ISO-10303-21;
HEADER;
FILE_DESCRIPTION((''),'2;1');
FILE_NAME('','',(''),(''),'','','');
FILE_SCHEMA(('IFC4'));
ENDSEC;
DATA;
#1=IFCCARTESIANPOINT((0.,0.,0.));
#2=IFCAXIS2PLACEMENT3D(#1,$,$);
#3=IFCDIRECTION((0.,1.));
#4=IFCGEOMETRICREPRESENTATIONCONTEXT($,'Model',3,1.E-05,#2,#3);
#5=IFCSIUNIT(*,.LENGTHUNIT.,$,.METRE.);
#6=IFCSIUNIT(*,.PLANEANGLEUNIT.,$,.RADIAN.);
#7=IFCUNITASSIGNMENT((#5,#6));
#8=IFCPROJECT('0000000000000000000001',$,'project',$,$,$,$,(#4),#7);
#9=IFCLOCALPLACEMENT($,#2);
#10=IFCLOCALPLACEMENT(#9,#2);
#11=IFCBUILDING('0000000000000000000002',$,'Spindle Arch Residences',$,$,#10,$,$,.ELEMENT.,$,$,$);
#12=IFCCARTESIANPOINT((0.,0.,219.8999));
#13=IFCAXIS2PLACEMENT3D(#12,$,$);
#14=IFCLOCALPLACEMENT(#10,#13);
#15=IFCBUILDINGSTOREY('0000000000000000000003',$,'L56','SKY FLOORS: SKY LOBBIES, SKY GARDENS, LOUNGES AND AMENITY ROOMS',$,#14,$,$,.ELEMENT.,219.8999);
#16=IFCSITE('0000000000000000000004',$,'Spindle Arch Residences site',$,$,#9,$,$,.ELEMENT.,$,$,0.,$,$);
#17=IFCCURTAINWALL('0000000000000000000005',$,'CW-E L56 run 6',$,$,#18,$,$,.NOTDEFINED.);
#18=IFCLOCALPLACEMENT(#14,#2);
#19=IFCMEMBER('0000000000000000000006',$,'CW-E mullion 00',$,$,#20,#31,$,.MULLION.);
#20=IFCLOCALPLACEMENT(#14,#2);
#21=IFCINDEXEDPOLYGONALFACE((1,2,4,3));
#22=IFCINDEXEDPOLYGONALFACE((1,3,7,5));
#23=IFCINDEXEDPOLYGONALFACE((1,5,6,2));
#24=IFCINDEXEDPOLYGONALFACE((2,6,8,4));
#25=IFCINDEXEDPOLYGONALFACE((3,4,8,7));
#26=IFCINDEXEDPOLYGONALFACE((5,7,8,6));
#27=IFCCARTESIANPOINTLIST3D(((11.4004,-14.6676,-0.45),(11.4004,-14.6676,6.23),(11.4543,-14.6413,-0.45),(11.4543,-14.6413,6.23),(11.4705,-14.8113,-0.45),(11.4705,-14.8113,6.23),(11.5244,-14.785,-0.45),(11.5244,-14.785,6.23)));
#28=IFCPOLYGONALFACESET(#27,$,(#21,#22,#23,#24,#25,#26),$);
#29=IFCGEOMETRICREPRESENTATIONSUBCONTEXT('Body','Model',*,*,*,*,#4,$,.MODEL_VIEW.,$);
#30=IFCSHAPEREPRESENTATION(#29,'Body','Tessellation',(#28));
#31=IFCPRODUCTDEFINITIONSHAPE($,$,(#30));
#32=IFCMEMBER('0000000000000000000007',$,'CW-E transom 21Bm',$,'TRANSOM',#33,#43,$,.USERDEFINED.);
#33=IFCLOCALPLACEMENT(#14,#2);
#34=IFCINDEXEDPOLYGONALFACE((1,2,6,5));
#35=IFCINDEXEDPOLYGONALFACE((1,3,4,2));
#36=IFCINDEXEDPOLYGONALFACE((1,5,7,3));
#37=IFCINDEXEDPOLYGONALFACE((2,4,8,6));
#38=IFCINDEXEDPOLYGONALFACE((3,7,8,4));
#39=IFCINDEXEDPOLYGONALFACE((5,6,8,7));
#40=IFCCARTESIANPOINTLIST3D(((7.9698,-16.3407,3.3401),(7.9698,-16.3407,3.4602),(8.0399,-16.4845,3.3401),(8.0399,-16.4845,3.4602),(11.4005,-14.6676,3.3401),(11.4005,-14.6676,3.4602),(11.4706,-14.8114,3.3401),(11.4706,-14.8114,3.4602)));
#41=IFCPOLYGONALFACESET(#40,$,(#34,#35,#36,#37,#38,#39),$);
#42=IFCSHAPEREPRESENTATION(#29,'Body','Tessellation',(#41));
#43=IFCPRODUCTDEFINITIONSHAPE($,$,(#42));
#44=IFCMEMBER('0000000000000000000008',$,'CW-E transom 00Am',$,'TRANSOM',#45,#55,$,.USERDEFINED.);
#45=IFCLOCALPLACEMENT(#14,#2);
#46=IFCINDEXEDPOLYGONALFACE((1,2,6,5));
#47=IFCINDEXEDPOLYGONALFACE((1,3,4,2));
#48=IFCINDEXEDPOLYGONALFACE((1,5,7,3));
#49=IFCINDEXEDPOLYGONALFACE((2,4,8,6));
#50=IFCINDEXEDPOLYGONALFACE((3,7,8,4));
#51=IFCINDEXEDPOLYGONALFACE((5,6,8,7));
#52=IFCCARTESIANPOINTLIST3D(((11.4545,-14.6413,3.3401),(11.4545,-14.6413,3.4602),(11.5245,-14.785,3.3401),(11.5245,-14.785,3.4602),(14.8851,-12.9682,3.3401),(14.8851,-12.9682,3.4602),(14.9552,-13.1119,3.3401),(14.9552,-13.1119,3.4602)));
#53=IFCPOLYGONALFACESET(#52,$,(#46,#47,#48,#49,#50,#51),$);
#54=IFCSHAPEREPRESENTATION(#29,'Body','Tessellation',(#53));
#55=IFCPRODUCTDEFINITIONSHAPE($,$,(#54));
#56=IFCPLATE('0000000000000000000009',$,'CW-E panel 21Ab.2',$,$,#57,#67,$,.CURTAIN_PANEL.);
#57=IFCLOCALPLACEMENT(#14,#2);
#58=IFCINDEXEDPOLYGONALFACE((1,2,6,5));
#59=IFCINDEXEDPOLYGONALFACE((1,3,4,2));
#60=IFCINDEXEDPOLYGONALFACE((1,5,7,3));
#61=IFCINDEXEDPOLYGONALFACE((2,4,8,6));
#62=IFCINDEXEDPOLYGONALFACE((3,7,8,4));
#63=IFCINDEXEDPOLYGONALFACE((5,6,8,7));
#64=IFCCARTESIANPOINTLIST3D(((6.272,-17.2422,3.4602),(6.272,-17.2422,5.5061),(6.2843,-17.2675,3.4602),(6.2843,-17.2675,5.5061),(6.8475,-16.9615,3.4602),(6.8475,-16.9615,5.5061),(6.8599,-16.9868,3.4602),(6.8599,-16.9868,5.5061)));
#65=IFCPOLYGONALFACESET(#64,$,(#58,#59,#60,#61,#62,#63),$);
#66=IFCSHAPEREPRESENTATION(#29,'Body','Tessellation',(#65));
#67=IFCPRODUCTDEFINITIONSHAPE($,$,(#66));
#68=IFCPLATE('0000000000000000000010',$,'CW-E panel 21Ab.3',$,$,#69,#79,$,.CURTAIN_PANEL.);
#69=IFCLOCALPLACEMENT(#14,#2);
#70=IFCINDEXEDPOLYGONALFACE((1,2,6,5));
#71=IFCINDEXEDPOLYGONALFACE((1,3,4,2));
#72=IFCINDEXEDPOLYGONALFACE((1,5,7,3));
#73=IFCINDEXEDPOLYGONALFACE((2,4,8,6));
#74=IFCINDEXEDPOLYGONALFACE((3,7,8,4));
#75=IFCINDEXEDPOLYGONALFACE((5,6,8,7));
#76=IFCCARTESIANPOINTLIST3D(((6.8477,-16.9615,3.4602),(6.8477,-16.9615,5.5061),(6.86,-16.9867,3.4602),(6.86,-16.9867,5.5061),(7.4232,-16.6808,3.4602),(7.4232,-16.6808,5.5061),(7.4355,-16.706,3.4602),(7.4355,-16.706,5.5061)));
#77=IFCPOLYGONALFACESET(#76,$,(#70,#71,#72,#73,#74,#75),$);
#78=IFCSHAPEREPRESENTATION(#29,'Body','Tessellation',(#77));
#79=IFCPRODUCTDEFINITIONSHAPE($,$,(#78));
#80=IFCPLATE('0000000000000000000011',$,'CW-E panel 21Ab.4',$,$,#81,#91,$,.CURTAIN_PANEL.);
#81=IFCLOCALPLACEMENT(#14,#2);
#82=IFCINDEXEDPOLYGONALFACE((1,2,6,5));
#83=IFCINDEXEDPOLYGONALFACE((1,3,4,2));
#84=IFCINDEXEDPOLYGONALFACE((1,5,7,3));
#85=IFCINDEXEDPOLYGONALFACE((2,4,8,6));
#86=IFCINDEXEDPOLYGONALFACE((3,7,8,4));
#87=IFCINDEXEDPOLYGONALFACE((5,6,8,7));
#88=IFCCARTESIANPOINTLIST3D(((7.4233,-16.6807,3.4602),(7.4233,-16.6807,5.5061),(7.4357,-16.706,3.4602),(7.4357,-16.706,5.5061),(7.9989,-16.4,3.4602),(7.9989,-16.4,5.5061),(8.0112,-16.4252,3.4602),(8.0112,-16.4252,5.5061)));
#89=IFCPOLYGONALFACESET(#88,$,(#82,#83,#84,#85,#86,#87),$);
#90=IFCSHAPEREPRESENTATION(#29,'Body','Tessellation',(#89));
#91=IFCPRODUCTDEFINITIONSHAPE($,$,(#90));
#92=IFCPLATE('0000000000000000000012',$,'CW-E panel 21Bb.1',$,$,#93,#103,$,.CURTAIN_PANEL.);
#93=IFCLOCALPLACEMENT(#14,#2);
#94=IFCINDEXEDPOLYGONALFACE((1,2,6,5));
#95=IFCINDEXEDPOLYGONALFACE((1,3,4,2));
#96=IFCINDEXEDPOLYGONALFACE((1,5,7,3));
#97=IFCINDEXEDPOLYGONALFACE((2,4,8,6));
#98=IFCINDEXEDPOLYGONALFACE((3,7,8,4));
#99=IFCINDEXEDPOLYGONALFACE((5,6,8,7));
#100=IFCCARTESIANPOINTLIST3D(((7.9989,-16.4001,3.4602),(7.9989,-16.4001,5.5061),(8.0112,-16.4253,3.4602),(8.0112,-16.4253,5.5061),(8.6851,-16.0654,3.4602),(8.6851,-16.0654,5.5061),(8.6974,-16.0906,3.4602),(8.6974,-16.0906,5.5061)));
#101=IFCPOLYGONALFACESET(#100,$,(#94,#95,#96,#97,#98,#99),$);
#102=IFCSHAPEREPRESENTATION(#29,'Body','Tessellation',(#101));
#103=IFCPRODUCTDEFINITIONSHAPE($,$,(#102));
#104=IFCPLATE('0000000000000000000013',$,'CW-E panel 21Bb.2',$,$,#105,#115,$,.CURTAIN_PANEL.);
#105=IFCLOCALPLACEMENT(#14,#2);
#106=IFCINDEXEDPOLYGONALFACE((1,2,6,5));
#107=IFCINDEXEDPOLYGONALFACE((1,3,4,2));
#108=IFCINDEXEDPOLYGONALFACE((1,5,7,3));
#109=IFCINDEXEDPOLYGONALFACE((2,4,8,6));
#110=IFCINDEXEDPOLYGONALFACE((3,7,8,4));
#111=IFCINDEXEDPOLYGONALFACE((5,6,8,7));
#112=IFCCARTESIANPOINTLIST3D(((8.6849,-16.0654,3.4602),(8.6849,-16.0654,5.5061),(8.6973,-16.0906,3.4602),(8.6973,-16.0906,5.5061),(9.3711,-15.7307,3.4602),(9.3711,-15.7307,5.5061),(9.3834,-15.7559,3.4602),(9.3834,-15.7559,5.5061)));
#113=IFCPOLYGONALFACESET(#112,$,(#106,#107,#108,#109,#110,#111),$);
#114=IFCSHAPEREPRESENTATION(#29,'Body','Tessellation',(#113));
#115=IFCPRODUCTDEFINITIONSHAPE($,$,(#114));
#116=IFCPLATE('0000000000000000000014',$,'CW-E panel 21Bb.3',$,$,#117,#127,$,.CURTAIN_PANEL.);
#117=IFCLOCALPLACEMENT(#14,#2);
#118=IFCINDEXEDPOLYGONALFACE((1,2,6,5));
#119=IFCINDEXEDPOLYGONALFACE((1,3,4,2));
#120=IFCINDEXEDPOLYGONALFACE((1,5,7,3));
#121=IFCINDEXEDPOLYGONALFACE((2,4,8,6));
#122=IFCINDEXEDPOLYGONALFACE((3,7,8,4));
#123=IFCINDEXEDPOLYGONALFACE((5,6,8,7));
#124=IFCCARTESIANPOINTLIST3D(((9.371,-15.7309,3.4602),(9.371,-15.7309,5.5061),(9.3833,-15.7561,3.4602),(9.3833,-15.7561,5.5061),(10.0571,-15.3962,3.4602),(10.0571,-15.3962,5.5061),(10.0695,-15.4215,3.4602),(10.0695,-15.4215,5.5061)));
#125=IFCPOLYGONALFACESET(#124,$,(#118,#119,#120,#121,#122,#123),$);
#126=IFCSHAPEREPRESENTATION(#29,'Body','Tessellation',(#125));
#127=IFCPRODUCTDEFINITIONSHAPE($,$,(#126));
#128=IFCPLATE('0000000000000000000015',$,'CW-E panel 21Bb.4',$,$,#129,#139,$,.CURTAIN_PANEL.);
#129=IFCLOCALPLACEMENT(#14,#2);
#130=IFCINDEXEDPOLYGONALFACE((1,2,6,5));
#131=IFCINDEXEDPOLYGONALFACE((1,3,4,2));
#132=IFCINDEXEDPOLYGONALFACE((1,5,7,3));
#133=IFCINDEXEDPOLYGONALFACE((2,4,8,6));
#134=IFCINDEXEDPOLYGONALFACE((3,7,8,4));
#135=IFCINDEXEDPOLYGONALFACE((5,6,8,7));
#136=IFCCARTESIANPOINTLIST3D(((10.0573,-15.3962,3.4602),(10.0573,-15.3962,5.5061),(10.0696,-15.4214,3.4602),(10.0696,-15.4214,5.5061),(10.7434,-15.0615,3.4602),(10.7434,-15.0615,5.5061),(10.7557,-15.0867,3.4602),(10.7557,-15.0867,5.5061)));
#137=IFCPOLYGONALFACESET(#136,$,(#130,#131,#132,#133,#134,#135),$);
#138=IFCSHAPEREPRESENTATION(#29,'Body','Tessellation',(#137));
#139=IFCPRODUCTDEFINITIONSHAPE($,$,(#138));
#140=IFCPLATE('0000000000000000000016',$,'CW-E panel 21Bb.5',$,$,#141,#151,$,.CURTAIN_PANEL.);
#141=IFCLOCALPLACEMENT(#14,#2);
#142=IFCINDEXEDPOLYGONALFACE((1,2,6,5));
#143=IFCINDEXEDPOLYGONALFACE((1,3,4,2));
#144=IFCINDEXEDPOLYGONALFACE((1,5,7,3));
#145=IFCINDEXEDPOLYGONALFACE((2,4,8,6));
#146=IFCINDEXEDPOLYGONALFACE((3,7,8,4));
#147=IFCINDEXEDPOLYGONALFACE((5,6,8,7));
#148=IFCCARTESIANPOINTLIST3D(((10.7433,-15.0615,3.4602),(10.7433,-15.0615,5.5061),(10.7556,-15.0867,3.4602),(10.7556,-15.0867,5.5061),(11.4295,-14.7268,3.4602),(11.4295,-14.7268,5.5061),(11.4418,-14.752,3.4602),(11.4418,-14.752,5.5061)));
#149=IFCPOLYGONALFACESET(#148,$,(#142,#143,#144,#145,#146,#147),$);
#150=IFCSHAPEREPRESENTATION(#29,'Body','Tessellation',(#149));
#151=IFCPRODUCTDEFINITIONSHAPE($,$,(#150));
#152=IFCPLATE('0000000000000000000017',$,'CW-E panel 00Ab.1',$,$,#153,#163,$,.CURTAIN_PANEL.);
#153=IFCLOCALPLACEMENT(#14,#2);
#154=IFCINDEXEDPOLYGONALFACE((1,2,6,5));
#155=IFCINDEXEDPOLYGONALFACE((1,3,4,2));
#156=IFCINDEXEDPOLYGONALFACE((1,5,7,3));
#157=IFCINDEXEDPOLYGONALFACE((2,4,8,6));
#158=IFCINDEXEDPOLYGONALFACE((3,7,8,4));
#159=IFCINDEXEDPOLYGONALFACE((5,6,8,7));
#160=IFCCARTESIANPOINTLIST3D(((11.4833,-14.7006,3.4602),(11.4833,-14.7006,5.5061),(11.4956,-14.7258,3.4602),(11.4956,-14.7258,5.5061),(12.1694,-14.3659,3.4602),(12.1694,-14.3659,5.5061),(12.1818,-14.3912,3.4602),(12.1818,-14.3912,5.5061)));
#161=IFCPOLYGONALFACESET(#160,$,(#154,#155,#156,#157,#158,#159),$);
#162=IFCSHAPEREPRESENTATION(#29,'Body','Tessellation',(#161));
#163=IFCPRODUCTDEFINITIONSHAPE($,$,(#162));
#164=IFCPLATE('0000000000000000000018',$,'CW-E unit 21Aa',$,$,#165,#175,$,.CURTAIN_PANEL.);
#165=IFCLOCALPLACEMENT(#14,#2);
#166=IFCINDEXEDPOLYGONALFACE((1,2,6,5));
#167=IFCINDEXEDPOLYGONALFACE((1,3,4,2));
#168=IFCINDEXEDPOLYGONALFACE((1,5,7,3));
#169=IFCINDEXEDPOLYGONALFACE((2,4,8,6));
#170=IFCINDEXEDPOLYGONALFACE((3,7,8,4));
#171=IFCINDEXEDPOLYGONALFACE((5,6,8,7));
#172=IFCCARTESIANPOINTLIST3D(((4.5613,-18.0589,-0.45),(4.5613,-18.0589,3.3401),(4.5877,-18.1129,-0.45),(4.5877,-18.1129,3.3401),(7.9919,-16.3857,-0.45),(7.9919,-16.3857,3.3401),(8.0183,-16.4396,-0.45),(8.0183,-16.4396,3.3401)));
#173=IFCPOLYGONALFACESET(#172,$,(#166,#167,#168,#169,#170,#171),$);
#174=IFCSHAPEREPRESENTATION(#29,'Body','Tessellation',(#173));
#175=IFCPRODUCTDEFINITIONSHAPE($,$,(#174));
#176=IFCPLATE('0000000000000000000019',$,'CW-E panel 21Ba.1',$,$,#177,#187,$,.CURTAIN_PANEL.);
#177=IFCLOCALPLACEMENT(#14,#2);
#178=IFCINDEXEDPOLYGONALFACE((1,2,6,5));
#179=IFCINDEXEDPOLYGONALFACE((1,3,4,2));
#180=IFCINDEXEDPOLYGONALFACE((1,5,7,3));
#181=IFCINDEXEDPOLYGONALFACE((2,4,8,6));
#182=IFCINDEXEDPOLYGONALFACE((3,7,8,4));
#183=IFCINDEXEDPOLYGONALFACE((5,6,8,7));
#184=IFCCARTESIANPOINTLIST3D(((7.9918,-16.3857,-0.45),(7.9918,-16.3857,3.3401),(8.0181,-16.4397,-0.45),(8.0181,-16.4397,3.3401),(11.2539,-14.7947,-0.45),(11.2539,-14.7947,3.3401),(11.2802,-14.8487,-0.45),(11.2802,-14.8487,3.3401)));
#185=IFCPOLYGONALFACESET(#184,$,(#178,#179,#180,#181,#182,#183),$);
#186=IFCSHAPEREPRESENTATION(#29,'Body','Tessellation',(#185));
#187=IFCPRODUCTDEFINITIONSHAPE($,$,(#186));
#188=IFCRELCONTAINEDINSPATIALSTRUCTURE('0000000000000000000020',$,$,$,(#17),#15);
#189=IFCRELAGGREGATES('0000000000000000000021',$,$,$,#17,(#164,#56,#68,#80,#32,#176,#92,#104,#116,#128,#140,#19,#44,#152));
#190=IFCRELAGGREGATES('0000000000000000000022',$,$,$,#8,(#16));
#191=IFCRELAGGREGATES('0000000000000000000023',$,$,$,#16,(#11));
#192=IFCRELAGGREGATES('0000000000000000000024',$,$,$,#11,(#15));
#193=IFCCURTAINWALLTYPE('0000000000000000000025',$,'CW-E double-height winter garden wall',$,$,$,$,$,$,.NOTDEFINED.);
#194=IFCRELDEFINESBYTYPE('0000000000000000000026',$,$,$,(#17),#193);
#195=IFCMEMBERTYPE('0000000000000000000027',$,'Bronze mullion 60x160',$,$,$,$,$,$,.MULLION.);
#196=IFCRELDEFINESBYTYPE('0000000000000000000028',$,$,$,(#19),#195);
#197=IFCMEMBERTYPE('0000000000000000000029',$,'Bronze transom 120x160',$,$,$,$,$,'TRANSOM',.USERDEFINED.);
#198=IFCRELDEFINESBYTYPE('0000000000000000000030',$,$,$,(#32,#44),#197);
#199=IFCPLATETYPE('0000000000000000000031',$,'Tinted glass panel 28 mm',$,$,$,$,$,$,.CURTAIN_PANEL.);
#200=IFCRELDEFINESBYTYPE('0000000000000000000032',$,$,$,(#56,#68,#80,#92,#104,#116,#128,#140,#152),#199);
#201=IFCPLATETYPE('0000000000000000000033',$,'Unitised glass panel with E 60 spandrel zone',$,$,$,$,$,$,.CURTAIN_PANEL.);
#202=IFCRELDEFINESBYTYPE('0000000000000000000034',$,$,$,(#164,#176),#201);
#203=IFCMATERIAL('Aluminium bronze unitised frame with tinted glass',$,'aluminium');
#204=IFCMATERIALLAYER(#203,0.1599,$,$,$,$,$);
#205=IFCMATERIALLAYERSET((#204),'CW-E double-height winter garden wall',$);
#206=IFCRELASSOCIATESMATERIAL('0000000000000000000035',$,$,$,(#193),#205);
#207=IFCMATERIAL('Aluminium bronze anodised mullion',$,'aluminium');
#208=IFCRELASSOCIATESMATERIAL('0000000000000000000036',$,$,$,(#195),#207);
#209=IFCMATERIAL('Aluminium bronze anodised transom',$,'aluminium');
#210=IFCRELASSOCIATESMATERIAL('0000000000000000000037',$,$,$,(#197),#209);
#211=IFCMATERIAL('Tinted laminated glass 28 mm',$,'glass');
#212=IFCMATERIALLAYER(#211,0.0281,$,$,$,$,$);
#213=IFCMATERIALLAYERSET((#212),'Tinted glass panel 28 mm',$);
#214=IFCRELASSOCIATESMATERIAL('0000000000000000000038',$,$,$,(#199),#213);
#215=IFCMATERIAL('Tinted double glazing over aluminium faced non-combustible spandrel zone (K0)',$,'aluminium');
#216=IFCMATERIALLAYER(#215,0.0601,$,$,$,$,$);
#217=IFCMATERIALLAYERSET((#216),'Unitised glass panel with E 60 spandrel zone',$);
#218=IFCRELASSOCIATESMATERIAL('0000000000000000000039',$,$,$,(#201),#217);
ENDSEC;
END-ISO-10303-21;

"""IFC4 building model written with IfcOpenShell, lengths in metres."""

from ifc_helpers import new_model, si_unit, direction, frame, origin, origin_2d, place, context, subcontext, project, spatial, rectangle, extrude, material, layer, layer_set, material_profile, profile_set, type_object, element, aggregate, save


model = new_model("IFC4")

# Units and contexts
model_context = context("Model", 3, precision=1e-05, world=origin(), true_north=direction((0.0, 1.0)))
body_context = subcontext(model_context, "Body", "Model", "MODEL_VIEW")
ifc_project = project(units=[si_unit("LENGTHUNIT", "METRE"), si_unit("PLANEANGLEUNIT", "RADIAN")], contexts=[model_context])

# Site, building, storey
site_placement = place(None, origin())
site = spatial("IfcSite", under=ifc_project, at=site_placement, Name="Spindle Arch Residences site", CompositionType="ELEMENT", RefElevation=0.0)
building_placement = place(site_placement, origin())
building = spatial("IfcBuilding", under=site, at=building_placement, Name="Spindle Arch Residences", CompositionType="ELEMENT")
storey_placement = place(building_placement, frame((0.0, 0.0, 219.8999)))
storey = spatial("IfcBuildingStorey", under=building, at=storey_placement, Name="L56", Description="SKY FLOORS: SKY LOBBIES, SKY GARDENS, LOUNGES AND AMENITY ROOMS", CompositionType="ELEMENT", Elevation=219.8999)

# Curtain wall, members, plates
ifc_material_1 = material(Name="Aluminium bronze unitised frame with tinted glass", Category="aluminium")
ifc_layer_1 = layer(ifc_material_1, 0.1599)
ifc_layer_set_1 = layer_set([ifc_layer_1], Name="CW-E double-height winter garden wall")
curtain_wall_type = type_object("IfcCurtainWallType", Name="CW-E double-height winter garden wall", PredefinedType="NOTDEFINED", material=ifc_layer_set_1)
curtain_wall_placement = place(storey_placement, origin())
curtain_wall = element("IfcCurtainWall", 1, at=curtain_wall_placement, inside=storey, type_object=curtain_wall_type, Name="CW-E L56 run 6", PredefinedType="NOTDEFINED")
ifc_material_2 = material(Name="Aluminium bronze anodised mullion", Category="aluminium")
ifc_material_profile_1 = material_profile(ifc_material_2, rectangle(XDim=0.1599, YDim=0.0601, at=origin_2d()), Name="MU 60x160")
ifc_profile_set_1 = profile_set([ifc_material_profile_1], Name="Aluminium bronze anodised mullion")
member_type_1 = type_object("IfcMemberType", Name="Bronze mullion 60x160", PredefinedType="MULLION", material=ifc_profile_set_1)
member_1_placement = place(storey_placement, frame((11.4624, -14.7263, -0.45), z_axis=(0.0, 0.0, 1.0), x_axis=(-0.438371, 0.898794, 0.0)))
member_1 = element("IfcMember", 2, at=member_1_placement, type_object=member_type_1, Name="CW-E mullion 00", PredefinedType="MULLION", context=body_context, shape_type="SweptSolid", body=[
    extrude(rectangle(XDim=0.1599, YDim=0.0601, at=origin_2d()), origin(), (0.0, 0.0, 1.0), 6.6799),
])
ifc_material_3 = material(Name="Aluminium bronze anodised transom", Category="aluminium")
ifc_material_profile_2 = material_profile(ifc_material_3, rectangle(XDim=0.1599, YDim=0.1201, at=origin_2d()), Name="TR 120x160")
ifc_profile_set_2 = profile_set([ifc_material_profile_2], Name="Aluminium bronze anodised transom")
member_type_2 = type_object("IfcMemberType", Name="Bronze transom 120x160", ElementType="TRANSOM", PredefinedType="USERDEFINED", material=ifc_profile_set_2)
member_2_placement = place(storey_placement, frame((8.0049, -16.4126, 3.4001), z_axis=(0.89881, 0.438339, 0.0), x_axis=(-0.438339, 0.89881, 0.0)))
member_2 = element("IfcMember", 3, at=member_2_placement, type_object=member_type_2, Name="CW-E transom 21Bm", ObjectType="TRANSOM", PredefinedType="USERDEFINED", context=body_context, shape_type="SweptSolid", body=[
    extrude(rectangle(XDim=0.1599, YDim=0.1201, at=origin_2d()), origin(), (0.0, 0.0, 1.0), 3.8169),
])
member_3_placement = place(storey_placement, frame((11.4895, -14.7131, 3.4001), z_axis=(0.89881, 0.438339, 0.0), x_axis=(-0.438339, 0.89881, 0.0)))
member_3 = element("IfcMember", 4, at=member_3_placement, type_object=member_type_2, Name="CW-E transom 00Am", ObjectType="TRANSOM", PredefinedType="USERDEFINED", context=body_context, shape_type="SweptSolid", body=[
    extrude(rectangle(XDim=0.1599, YDim=0.1201, at=origin_2d()), origin(), (0.0, 0.0, 1.0), 3.8169),
])
ifc_material_4 = material(Name="Tinted laminated glass 28 mm", Category="glass")
ifc_layer_2 = layer(ifc_material_4, 0.0281)
ifc_layer_set_2 = layer_set([ifc_layer_2], Name="Tinted glass panel 28 mm")
plate_type_1 = type_object("IfcPlateType", Name="Tinted glass panel 28 mm", PredefinedType="CURTAIN_PANEL", material=ifc_layer_set_2)
plate_1_placement = place(storey_placement, frame((6.5659, -17.1145, 3.4602), z_axis=(0.0, 0.0, 1.0), x_axis=(0.898794, 0.438371, 0.0)))
plate_1 = element("IfcPlate", 5, at=plate_1_placement, type_object=plate_type_1, Name="CW-E panel 21Ab.2", PredefinedType="CURTAIN_PANEL", context=body_context, shape_type="SweptSolid", body=[
    extrude(rectangle(XDim=0.6404, YDim=0.0281, at=origin_2d()), origin(), (0.0, 0.0, 1.0), 2.0459),
])
plate_2_placement = place(storey_placement, frame((7.1416, -16.8337, 3.4602), z_axis=(0.0, 0.0, 1.0), x_axis=(0.898794, 0.438371, 0.0)))
plate_2 = element("IfcPlate", 6, at=plate_2_placement, type_object=plate_type_1, Name="CW-E panel 21Ab.3", PredefinedType="CURTAIN_PANEL", context=body_context, shape_type="SweptSolid", body=[
    extrude(rectangle(XDim=0.6404, YDim=0.0281, at=origin_2d()), origin(), (0.0, 0.0, 1.0), 2.0459),
])
plate_3_placement = place(storey_placement, frame((7.7173, -16.553, 3.4602), z_axis=(0.0, 0.0, 1.0), x_axis=(0.898794, 0.438371, 0.0)))
plate_3 = element("IfcPlate", 7, at=plate_3_placement, type_object=plate_type_1, Name="CW-E panel 21Ab.4", PredefinedType="CURTAIN_PANEL", context=body_context, shape_type="SweptSolid", body=[
    extrude(rectangle(XDim=0.6404, YDim=0.0281, at=origin_2d()), origin(), (0.0, 0.0, 1.0), 2.0459),
])
plate_4_placement = place(storey_placement, frame((8.3481, -16.2454, 3.4602), z_axis=(0.0, 0.0, 1.0), x_axis=(0.898794, 0.438371, 0.0)))
plate_4 = element("IfcPlate", 8, at=plate_4_placement, type_object=plate_type_1, Name="CW-E panel 21Bb.1", PredefinedType="CURTAIN_PANEL", context=body_context, shape_type="SweptSolid", body=[
    extrude(rectangle(XDim=0.7634, YDim=0.0281, at=origin_2d()), origin(), (0.0, 0.0, 1.0), 2.0459),
])
plate_5_placement = place(storey_placement, frame((9.0342, -15.9106, 3.4602), z_axis=(0.0, 0.0, 1.0), x_axis=(0.898794, 0.438371, 0.0)))
plate_5 = element("IfcPlate", 9, at=plate_5_placement, type_object=plate_type_1, Name="CW-E panel 21Bb.2", PredefinedType="CURTAIN_PANEL", context=body_context, shape_type="SweptSolid", body=[
    extrude(rectangle(XDim=0.7634, YDim=0.0281, at=origin_2d()), origin(), (0.0, 0.0, 1.0), 2.0459),
])
plate_6_placement = place(storey_placement, frame((9.7202, -15.5762, 3.4602), z_axis=(0.0, 0.0, 1.0), x_axis=(0.898794, 0.438371, 0.0)))
plate_6 = element("IfcPlate", 10, at=plate_6_placement, type_object=plate_type_1, Name="CW-E panel 21Bb.3", PredefinedType="CURTAIN_PANEL", context=body_context, shape_type="SweptSolid", body=[
    extrude(rectangle(XDim=0.7634, YDim=0.0281, at=origin_2d()), origin(), (0.0, 0.0, 1.0), 2.0459),
])
plate_7_placement = place(storey_placement, frame((10.4065, -15.2415, 3.4602), z_axis=(0.0, 0.0, 1.0), x_axis=(0.898794, 0.438371, 0.0)))
plate_7 = element("IfcPlate", 11, at=plate_7_placement, type_object=plate_type_1, Name="CW-E panel 21Bb.4", PredefinedType="CURTAIN_PANEL", context=body_context, shape_type="SweptSolid", body=[
    extrude(rectangle(XDim=0.7634, YDim=0.0281, at=origin_2d()), origin(), (0.0, 0.0, 1.0), 2.0459),
])
plate_8_placement = place(storey_placement, frame((11.0925, -14.9067, 3.4602), z_axis=(0.0, 0.0, 1.0), x_axis=(0.898794, 0.438371, 0.0)))
plate_8 = element("IfcPlate", 12, at=plate_8_placement, type_object=plate_type_1, Name="CW-E panel 21Bb.5", PredefinedType="CURTAIN_PANEL", context=body_context, shape_type="SweptSolid", body=[
    extrude(rectangle(XDim=0.7634, YDim=0.0281, at=origin_2d()), origin(), (0.0, 0.0, 1.0), 2.0459),
])
plate_9_placement = place(storey_placement, frame((11.8325, -14.5459, 3.4602), z_axis=(0.0, 0.0, 1.0), x_axis=(0.898794, 0.438371, 0.0)))
plate_9 = element("IfcPlate", 13, at=plate_9_placement, type_object=plate_type_1, Name="CW-E panel 00Ab.1", PredefinedType="CURTAIN_PANEL", context=body_context, shape_type="SweptSolid", body=[
    extrude(rectangle(XDim=0.7634, YDim=0.0281, at=origin_2d()), origin(), (0.0, 0.0, 1.0), 2.0459),
])
ifc_material_5 = material(Name="Tinted double glazing over aluminium faced non-combustible spandrel zone (K0)", Category="aluminium")
ifc_layer_3 = layer(ifc_material_5, 0.0601)
ifc_layer_set_3 = layer_set([ifc_layer_3], Name="Unitised glass panel with E 60 spandrel zone")
plate_type_2 = type_object("IfcPlateType", Name="Unitised glass panel with E 60 spandrel zone", PredefinedType="CURTAIN_PANEL", material=ifc_layer_set_3)
plate_10_placement = place(storey_placement, frame((6.2898, -17.2493, -0.45), z_axis=(0.0, 0.0, 1.0), x_axis=(0.898794, 0.438371, 0.0)))
plate_10 = element("IfcPlate", 14, at=plate_10_placement, type_object=plate_type_2, Name="CW-E unit 21Aa", PredefinedType="CURTAIN_PANEL", context=body_context, shape_type="SweptSolid", body=[
    extrude(rectangle(XDim=3.8169, YDim=0.0601, at=origin_2d()), origin(), (0.0, 0.0, 1.0), 3.79),
])
plate_11_placement = place(storey_placement, frame((9.636, -15.6172, -0.45), z_axis=(0.0, 0.0, 1.0), x_axis=(0.898794, 0.438371, 0.0)))
plate_11 = element("IfcPlate", 15, at=plate_11_placement, type_object=plate_type_2, Name="CW-E panel 21Ba.1", PredefinedType="CURTAIN_PANEL", context=body_context, shape_type="SweptSolid", body=[
    extrude(rectangle(XDim=3.6294, YDim=0.0601, at=origin_2d()), origin(), (0.0, 0.0, 1.0), 3.79),
])
aggregate(curtain_wall, [plate_10, plate_1, plate_2, plate_3, member_2, plate_11, plate_4, plate_5, plate_6, plate_7, plate_8, member_1, member_3, plate_9])

save(model, "model.ifc")
